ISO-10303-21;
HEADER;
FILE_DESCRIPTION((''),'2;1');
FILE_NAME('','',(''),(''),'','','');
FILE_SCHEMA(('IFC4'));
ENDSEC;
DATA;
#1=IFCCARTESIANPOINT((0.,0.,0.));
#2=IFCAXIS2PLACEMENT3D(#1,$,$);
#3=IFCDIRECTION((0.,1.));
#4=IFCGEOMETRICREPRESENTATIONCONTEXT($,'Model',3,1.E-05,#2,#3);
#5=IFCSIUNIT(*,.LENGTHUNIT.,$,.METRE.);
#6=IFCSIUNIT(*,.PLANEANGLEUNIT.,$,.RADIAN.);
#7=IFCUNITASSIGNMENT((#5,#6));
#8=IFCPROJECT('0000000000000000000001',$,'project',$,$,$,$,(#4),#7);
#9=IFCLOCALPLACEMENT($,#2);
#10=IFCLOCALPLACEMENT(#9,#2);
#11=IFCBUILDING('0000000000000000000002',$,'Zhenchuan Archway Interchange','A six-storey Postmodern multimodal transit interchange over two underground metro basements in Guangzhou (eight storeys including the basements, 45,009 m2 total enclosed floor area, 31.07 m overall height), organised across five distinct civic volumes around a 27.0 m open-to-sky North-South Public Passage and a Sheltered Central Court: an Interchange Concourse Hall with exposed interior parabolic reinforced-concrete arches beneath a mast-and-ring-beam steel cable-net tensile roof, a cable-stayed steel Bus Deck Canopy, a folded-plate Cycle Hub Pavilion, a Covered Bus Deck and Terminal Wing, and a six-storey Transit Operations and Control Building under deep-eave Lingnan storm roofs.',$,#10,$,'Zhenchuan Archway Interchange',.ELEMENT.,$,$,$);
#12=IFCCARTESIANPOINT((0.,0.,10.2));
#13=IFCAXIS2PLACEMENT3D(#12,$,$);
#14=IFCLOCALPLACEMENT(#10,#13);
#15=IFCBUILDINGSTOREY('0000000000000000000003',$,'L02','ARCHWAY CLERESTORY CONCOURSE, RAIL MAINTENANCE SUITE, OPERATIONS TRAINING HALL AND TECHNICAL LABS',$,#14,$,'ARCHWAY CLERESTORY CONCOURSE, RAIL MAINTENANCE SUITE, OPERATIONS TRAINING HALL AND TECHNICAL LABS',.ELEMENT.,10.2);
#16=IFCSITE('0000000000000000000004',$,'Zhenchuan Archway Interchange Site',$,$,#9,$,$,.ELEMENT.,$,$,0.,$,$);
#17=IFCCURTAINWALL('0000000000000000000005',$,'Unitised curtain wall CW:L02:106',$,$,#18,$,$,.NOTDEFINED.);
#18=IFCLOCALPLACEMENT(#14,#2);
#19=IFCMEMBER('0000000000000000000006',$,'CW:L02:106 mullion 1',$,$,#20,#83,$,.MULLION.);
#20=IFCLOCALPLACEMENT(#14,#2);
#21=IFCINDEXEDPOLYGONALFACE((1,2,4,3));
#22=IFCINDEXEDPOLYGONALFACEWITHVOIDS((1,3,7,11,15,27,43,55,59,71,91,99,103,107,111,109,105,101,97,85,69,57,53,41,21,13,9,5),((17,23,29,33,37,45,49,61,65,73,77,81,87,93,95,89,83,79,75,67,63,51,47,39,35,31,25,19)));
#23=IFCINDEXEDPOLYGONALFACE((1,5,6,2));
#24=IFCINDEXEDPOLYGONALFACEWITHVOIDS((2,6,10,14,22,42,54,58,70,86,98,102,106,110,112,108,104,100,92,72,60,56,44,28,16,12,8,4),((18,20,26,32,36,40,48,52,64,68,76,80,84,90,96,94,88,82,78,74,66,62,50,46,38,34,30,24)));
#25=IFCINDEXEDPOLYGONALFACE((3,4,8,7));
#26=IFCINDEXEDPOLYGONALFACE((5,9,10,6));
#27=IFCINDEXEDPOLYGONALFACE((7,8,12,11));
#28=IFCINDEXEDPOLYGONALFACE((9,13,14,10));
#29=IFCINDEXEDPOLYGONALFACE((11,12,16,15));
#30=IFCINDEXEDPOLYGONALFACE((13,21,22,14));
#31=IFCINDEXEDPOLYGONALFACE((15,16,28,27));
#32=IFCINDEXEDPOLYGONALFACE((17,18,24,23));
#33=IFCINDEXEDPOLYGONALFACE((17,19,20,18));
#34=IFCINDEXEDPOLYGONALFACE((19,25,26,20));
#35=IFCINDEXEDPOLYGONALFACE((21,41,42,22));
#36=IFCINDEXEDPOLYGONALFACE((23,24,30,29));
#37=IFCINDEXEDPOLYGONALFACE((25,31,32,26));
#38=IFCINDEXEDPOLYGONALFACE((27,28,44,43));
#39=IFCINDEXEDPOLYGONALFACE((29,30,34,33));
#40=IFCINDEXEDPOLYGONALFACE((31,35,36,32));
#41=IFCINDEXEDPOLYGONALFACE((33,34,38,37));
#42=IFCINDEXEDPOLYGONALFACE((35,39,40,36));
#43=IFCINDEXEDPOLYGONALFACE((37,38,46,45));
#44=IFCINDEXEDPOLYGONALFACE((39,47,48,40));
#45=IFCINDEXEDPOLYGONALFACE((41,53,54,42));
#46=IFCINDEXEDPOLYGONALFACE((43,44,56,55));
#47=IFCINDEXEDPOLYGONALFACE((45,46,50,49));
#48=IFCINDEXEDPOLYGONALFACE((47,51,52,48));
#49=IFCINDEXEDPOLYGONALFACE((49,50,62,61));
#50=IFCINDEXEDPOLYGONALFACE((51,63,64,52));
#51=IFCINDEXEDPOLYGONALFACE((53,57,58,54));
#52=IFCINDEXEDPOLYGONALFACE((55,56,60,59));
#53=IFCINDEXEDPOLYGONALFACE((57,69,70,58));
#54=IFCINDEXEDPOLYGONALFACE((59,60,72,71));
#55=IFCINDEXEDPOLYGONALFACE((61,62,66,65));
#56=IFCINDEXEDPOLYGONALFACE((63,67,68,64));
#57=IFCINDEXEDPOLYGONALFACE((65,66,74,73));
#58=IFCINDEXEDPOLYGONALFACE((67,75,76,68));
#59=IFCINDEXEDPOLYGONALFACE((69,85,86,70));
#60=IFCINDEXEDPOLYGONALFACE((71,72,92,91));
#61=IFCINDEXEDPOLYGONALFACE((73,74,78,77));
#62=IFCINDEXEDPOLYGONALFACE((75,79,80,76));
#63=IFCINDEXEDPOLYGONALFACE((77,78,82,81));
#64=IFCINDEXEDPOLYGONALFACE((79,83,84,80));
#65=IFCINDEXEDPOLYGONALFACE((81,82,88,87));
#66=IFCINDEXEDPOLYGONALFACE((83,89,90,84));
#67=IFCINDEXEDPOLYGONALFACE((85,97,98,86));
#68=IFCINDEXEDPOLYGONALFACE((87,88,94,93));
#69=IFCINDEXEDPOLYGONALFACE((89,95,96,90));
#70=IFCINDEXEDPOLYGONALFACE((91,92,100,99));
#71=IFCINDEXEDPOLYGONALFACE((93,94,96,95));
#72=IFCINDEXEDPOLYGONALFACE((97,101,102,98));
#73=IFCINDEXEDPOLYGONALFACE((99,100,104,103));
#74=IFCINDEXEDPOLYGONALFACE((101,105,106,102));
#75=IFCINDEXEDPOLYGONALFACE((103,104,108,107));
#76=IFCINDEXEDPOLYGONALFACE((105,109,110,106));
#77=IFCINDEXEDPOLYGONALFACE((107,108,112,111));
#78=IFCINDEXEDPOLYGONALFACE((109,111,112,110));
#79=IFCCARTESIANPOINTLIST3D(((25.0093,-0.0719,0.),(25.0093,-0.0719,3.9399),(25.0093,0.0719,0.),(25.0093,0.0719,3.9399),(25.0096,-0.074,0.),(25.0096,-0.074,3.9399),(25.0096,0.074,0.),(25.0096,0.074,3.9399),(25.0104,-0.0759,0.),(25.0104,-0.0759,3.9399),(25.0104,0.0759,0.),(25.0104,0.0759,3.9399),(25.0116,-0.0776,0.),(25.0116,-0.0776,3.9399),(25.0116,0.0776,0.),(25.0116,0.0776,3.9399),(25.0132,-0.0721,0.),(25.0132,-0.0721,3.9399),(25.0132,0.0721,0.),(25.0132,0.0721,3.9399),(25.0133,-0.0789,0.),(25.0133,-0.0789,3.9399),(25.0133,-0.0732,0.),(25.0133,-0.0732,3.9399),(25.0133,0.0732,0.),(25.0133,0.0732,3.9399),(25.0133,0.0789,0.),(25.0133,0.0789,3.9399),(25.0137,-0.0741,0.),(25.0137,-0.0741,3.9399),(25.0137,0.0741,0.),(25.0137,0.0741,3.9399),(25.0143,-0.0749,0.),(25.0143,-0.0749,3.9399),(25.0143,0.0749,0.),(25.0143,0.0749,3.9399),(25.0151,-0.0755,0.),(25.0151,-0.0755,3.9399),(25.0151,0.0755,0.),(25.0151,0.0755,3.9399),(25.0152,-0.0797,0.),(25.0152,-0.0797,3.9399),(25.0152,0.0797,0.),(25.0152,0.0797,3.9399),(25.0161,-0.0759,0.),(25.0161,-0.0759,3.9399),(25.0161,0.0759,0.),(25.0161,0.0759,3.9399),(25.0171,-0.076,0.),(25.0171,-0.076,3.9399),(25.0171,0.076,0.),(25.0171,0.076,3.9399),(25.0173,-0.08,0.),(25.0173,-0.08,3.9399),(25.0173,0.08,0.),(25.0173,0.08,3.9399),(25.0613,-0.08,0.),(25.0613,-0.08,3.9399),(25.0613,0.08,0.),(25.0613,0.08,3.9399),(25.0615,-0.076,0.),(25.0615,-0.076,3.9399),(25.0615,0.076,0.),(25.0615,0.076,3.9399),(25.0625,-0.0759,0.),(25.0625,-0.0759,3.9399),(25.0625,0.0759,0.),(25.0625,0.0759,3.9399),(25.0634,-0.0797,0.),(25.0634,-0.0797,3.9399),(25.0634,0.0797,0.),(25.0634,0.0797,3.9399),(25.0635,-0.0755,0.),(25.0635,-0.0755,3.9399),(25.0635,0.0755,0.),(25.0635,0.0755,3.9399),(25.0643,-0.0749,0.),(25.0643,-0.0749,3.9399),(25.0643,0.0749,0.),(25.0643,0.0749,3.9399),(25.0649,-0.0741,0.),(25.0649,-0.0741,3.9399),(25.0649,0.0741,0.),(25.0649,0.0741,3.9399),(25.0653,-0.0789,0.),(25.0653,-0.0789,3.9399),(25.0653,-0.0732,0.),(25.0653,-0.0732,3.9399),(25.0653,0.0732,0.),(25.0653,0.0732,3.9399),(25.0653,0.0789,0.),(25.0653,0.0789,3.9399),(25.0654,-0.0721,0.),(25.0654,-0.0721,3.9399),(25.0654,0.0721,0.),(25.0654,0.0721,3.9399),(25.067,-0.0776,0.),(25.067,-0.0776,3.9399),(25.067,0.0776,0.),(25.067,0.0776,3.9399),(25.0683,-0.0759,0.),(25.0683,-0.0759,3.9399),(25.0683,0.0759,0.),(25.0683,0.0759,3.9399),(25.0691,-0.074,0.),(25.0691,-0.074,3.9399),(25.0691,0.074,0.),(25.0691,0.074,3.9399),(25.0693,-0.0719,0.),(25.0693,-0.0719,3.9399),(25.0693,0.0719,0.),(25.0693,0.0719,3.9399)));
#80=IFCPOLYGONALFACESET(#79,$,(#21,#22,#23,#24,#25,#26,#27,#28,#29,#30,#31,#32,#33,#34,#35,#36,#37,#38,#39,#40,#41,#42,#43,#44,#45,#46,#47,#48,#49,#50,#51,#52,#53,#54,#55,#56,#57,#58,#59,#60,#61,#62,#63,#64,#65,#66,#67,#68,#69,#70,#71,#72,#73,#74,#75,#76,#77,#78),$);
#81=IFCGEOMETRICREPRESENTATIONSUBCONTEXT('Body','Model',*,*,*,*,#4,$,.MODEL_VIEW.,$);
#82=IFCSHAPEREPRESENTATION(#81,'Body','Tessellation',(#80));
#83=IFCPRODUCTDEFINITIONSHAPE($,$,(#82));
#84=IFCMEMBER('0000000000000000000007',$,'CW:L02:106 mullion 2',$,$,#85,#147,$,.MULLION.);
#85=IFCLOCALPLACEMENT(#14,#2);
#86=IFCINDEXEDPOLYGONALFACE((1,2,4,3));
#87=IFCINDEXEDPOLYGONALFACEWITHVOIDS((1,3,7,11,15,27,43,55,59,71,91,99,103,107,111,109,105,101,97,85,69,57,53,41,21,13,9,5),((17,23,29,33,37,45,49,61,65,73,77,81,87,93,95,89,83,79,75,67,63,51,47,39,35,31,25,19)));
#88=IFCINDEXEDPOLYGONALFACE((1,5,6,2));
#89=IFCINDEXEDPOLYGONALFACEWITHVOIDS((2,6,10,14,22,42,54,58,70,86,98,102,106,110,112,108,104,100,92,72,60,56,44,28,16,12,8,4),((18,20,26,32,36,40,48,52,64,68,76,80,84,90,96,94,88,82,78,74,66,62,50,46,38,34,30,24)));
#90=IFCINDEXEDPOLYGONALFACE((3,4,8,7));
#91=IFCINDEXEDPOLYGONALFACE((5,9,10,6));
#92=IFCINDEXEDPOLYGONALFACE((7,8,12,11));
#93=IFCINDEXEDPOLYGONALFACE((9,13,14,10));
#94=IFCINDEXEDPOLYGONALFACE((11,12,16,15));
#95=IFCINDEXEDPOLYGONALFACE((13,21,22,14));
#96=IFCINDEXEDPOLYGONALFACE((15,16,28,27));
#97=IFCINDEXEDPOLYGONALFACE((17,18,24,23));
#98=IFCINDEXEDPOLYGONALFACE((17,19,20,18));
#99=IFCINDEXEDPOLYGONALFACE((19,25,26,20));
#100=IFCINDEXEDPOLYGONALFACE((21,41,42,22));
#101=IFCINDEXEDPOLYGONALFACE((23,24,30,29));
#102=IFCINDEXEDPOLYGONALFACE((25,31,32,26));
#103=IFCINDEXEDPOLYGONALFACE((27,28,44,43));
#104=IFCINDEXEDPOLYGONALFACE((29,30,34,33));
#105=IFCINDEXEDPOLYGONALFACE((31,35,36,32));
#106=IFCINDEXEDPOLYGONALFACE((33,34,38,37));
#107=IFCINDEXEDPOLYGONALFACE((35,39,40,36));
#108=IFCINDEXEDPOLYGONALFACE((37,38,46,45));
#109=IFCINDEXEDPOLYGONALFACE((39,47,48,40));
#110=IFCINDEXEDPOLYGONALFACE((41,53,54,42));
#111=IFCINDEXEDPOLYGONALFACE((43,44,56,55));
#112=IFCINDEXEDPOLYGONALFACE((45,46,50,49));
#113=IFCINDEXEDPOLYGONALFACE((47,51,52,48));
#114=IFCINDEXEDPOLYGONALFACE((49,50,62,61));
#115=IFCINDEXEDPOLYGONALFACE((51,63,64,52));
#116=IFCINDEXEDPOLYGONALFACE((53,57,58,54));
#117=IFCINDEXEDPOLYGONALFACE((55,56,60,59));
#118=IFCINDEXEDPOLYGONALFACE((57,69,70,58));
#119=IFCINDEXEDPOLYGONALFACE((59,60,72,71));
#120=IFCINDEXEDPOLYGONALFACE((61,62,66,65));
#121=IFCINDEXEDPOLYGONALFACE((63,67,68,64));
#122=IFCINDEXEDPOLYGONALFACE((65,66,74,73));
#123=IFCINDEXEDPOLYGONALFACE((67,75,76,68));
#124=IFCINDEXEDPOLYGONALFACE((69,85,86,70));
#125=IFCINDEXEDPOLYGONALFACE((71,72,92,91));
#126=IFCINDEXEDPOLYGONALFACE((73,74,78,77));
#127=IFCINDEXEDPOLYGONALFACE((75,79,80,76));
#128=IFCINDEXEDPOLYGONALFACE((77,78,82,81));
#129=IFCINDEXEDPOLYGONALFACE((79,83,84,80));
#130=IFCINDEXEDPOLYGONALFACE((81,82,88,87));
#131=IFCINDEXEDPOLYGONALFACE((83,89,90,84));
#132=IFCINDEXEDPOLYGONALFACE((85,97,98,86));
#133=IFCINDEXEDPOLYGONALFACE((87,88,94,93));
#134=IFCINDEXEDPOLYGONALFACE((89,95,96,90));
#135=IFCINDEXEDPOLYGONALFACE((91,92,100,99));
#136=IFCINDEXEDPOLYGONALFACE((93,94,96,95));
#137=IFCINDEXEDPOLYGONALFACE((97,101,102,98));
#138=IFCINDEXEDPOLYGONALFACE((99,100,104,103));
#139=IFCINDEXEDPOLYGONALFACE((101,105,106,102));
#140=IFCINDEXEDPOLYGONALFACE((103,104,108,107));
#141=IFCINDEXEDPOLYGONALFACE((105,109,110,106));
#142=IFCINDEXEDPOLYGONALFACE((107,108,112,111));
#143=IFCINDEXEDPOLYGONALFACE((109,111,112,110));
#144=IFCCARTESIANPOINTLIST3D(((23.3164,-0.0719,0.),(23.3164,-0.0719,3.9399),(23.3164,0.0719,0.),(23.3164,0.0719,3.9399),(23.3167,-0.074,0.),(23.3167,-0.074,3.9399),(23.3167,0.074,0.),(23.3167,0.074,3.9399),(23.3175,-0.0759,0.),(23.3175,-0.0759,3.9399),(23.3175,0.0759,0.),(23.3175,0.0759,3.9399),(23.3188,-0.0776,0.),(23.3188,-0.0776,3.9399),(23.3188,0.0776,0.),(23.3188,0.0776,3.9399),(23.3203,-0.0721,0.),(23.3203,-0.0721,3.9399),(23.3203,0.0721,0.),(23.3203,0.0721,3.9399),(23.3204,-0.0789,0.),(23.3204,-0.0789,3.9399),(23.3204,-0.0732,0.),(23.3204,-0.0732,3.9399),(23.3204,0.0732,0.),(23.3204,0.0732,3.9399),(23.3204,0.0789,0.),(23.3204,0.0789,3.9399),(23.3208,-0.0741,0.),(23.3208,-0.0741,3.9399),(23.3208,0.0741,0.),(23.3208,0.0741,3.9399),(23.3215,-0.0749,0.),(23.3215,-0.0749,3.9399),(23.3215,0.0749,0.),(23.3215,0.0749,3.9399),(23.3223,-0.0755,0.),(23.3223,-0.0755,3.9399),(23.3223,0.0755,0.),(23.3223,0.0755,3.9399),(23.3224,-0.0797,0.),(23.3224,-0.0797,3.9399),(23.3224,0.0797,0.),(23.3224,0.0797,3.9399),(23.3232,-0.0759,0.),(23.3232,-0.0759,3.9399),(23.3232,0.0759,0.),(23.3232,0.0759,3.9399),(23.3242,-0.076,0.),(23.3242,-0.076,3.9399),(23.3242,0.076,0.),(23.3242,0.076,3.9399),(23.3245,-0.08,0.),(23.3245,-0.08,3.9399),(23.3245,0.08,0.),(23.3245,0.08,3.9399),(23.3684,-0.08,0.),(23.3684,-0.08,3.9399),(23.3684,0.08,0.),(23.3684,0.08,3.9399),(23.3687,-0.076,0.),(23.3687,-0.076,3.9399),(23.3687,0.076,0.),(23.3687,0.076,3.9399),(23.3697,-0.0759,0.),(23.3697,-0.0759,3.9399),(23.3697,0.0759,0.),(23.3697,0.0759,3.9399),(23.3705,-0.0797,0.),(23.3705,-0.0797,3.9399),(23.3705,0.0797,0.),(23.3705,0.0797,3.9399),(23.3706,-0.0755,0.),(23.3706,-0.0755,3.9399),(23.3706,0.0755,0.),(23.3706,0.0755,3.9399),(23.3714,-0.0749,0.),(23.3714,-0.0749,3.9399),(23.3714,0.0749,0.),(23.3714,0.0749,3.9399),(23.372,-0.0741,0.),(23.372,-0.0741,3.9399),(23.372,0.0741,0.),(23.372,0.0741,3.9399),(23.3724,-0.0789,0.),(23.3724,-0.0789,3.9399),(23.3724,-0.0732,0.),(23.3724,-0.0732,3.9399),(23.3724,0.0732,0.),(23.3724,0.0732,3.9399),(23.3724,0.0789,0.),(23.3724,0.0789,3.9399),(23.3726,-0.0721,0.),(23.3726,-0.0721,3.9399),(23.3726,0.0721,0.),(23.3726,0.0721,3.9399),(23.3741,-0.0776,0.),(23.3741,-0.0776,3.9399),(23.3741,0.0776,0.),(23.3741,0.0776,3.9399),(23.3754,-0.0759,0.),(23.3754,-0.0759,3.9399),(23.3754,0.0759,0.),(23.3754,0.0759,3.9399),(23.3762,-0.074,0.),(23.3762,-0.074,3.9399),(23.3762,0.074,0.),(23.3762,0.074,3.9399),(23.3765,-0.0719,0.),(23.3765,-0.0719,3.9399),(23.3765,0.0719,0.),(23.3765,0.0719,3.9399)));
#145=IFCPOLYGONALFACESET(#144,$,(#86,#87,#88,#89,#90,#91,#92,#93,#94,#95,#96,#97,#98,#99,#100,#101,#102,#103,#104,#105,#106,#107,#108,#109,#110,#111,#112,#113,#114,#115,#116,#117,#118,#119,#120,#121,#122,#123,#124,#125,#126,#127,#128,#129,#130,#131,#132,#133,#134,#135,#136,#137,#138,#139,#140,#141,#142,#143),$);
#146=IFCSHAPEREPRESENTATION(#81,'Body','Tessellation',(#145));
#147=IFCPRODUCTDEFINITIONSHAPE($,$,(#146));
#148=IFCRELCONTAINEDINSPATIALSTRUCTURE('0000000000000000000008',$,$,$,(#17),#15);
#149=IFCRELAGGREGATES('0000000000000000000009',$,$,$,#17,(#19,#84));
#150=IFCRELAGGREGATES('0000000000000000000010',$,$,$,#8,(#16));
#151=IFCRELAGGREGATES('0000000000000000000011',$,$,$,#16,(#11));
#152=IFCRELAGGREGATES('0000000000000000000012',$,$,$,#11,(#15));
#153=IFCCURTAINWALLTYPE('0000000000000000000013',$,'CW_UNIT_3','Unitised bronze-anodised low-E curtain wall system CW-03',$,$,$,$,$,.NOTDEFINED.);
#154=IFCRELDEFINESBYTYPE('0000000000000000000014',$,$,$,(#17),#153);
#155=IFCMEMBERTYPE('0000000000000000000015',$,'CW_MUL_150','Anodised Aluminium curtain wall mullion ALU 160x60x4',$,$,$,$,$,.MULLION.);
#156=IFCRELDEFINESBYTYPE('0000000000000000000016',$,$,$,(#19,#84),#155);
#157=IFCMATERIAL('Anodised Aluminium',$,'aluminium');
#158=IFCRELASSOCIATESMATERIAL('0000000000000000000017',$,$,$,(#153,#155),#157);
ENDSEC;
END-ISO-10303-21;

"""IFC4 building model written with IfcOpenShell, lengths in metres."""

from ifc_helpers import new_model, si_unit, direction, frame, origin, origin_2d, place, context, subcontext, project, spatial, hollow_rectangle, extrude, material, material_profile, profile_set, type_object, element, aggregate, save


model = new_model("IFC4")

# Units and contexts
model_context = context("Model", 3, precision=1e-05, world=origin(), true_north=direction((0.0, 1.0)))
body_context = subcontext(model_context, "Body", "Model", "MODEL_VIEW")
ifc_project = project(units=[si_unit("LENGTHUNIT", "METRE"), si_unit("PLANEANGLEUNIT", "RADIAN")], contexts=[model_context])

# Site, building, storey
site_placement = place(None, origin())
site = spatial("IfcSite", under=ifc_project, at=site_placement, Name="Zhenchuan Archway Interchange Site", CompositionType="ELEMENT", RefElevation=0.0)
building_placement = place(site_placement, origin())
building = spatial("IfcBuilding", under=site, at=building_placement, Name="Zhenchuan Archway Interchange", Description="A six-storey Postmodern multimodal transit interchange over two underground metro basements in Guangzhou (eight storeys including the basements, 45,009 m2 total enclosed floor area, 31.07 m overall height), organised across five distinct civic volumes around a 27.0 m open-to-sky North-South Public Passage and a Sheltered Central Court: an Interchange Concourse Hall with exposed interior parabolic reinforced-concrete arches beneath a mast-and-ring-beam steel cable-net tensile roof, a cable-stayed steel Bus Deck Canopy, a folded-plate Cycle Hub Pavilion, a Covered Bus Deck and Terminal Wing, and a six-storey Transit Operations and Control Building under deep-eave Lingnan storm roofs.", LongName="Zhenchuan Archway Interchange", CompositionType="ELEMENT")
storey_placement = place(building_placement, frame((0.0, 0.0, 10.2)))
storey = spatial("IfcBuildingStorey", under=building, at=storey_placement, Name="L02", Description="ARCHWAY CLERESTORY CONCOURSE, RAIL MAINTENANCE SUITE, OPERATIONS TRAINING HALL AND TECHNICAL LABS", LongName="ARCHWAY CLERESTORY CONCOURSE, RAIL MAINTENANCE SUITE, OPERATIONS TRAINING HALL AND TECHNICAL LABS", CompositionType="ELEMENT", Elevation=10.2)

# Curtain wall, members
ifc_material_1 = material(Name="Anodised Aluminium", Category="aluminium")
curtain_wall_type = type_object("IfcCurtainWallType", Name="CW_UNIT_3", Description="Unitised bronze-anodised low-E curtain wall system CW-03", PredefinedType="NOTDEFINED", material=ifc_material_1)
curtain_wall_placement = place(storey_placement, origin())
curtain_wall = element("IfcCurtainWall", 1, at=curtain_wall_placement, inside=storey, type_object=curtain_wall_type, Name="Unitised curtain wall CW:L02:106", PredefinedType="NOTDEFINED")
ifc_material_profile_1 = material_profile(ifc_material_1, hollow_rectangle(XDim=0.0601, YDim=0.1599, WallThickness=0.0039, InnerFilletRadius=0.0039, OuterFilletRadius=0.0081, at=origin_2d()), Name="ALU 160x60x4")
ifc_profile_set_1 = profile_set([ifc_material_profile_1], Name="Anodised Aluminium")
member_type_1 = type_object("IfcMemberType", Name="CW_MUL_150", Description="Anodised Aluminium curtain wall mullion ALU 160x60x4", PredefinedType="MULLION", material=ifc_profile_set_1)
member_1_placement = place(storey_placement, frame((25.0393, 0.0, 0.0), z_axis=(0.0, 0.0, 1.0), x_axis=(1.0, 0.0, 0.0)))
member_1 = element("IfcMember", 2, at=member_1_placement, type_object=member_type_1, Name="CW:L02:106 mullion 1", PredefinedType="MULLION", context=body_context, shape_type="SweptSolid", body=[
    extrude(hollow_rectangle(XDim=0.0601, YDim=0.1599, WallThickness=0.0039, InnerFilletRadius=0.0039, OuterFilletRadius=0.0081, at=origin_2d()), origin(), (0.0, 0.0, 1.0), 3.9399),
])
member_2_placement = place(storey_placement, frame((23.3464, 0.0, 0.0), z_axis=(0.0, 0.0, 1.0), x_axis=(1.0, 0.0, 0.0)))
member_2 = element("IfcMember", 3, at=member_2_placement, type_object=member_type_1, Name="CW:L02:106 mullion 2", PredefinedType="MULLION", context=body_context, shape_type="SweptSolid", body=[
    extrude(hollow_rectangle(XDim=0.0601, YDim=0.1599, WallThickness=0.0039, InnerFilletRadius=0.0039, OuterFilletRadius=0.0081, at=origin_2d()), origin(), (0.0, 0.0, 1.0), 3.9399),
])

aggregate(curtain_wall, [member_1, member_2])

save(model, "model.ifc")
